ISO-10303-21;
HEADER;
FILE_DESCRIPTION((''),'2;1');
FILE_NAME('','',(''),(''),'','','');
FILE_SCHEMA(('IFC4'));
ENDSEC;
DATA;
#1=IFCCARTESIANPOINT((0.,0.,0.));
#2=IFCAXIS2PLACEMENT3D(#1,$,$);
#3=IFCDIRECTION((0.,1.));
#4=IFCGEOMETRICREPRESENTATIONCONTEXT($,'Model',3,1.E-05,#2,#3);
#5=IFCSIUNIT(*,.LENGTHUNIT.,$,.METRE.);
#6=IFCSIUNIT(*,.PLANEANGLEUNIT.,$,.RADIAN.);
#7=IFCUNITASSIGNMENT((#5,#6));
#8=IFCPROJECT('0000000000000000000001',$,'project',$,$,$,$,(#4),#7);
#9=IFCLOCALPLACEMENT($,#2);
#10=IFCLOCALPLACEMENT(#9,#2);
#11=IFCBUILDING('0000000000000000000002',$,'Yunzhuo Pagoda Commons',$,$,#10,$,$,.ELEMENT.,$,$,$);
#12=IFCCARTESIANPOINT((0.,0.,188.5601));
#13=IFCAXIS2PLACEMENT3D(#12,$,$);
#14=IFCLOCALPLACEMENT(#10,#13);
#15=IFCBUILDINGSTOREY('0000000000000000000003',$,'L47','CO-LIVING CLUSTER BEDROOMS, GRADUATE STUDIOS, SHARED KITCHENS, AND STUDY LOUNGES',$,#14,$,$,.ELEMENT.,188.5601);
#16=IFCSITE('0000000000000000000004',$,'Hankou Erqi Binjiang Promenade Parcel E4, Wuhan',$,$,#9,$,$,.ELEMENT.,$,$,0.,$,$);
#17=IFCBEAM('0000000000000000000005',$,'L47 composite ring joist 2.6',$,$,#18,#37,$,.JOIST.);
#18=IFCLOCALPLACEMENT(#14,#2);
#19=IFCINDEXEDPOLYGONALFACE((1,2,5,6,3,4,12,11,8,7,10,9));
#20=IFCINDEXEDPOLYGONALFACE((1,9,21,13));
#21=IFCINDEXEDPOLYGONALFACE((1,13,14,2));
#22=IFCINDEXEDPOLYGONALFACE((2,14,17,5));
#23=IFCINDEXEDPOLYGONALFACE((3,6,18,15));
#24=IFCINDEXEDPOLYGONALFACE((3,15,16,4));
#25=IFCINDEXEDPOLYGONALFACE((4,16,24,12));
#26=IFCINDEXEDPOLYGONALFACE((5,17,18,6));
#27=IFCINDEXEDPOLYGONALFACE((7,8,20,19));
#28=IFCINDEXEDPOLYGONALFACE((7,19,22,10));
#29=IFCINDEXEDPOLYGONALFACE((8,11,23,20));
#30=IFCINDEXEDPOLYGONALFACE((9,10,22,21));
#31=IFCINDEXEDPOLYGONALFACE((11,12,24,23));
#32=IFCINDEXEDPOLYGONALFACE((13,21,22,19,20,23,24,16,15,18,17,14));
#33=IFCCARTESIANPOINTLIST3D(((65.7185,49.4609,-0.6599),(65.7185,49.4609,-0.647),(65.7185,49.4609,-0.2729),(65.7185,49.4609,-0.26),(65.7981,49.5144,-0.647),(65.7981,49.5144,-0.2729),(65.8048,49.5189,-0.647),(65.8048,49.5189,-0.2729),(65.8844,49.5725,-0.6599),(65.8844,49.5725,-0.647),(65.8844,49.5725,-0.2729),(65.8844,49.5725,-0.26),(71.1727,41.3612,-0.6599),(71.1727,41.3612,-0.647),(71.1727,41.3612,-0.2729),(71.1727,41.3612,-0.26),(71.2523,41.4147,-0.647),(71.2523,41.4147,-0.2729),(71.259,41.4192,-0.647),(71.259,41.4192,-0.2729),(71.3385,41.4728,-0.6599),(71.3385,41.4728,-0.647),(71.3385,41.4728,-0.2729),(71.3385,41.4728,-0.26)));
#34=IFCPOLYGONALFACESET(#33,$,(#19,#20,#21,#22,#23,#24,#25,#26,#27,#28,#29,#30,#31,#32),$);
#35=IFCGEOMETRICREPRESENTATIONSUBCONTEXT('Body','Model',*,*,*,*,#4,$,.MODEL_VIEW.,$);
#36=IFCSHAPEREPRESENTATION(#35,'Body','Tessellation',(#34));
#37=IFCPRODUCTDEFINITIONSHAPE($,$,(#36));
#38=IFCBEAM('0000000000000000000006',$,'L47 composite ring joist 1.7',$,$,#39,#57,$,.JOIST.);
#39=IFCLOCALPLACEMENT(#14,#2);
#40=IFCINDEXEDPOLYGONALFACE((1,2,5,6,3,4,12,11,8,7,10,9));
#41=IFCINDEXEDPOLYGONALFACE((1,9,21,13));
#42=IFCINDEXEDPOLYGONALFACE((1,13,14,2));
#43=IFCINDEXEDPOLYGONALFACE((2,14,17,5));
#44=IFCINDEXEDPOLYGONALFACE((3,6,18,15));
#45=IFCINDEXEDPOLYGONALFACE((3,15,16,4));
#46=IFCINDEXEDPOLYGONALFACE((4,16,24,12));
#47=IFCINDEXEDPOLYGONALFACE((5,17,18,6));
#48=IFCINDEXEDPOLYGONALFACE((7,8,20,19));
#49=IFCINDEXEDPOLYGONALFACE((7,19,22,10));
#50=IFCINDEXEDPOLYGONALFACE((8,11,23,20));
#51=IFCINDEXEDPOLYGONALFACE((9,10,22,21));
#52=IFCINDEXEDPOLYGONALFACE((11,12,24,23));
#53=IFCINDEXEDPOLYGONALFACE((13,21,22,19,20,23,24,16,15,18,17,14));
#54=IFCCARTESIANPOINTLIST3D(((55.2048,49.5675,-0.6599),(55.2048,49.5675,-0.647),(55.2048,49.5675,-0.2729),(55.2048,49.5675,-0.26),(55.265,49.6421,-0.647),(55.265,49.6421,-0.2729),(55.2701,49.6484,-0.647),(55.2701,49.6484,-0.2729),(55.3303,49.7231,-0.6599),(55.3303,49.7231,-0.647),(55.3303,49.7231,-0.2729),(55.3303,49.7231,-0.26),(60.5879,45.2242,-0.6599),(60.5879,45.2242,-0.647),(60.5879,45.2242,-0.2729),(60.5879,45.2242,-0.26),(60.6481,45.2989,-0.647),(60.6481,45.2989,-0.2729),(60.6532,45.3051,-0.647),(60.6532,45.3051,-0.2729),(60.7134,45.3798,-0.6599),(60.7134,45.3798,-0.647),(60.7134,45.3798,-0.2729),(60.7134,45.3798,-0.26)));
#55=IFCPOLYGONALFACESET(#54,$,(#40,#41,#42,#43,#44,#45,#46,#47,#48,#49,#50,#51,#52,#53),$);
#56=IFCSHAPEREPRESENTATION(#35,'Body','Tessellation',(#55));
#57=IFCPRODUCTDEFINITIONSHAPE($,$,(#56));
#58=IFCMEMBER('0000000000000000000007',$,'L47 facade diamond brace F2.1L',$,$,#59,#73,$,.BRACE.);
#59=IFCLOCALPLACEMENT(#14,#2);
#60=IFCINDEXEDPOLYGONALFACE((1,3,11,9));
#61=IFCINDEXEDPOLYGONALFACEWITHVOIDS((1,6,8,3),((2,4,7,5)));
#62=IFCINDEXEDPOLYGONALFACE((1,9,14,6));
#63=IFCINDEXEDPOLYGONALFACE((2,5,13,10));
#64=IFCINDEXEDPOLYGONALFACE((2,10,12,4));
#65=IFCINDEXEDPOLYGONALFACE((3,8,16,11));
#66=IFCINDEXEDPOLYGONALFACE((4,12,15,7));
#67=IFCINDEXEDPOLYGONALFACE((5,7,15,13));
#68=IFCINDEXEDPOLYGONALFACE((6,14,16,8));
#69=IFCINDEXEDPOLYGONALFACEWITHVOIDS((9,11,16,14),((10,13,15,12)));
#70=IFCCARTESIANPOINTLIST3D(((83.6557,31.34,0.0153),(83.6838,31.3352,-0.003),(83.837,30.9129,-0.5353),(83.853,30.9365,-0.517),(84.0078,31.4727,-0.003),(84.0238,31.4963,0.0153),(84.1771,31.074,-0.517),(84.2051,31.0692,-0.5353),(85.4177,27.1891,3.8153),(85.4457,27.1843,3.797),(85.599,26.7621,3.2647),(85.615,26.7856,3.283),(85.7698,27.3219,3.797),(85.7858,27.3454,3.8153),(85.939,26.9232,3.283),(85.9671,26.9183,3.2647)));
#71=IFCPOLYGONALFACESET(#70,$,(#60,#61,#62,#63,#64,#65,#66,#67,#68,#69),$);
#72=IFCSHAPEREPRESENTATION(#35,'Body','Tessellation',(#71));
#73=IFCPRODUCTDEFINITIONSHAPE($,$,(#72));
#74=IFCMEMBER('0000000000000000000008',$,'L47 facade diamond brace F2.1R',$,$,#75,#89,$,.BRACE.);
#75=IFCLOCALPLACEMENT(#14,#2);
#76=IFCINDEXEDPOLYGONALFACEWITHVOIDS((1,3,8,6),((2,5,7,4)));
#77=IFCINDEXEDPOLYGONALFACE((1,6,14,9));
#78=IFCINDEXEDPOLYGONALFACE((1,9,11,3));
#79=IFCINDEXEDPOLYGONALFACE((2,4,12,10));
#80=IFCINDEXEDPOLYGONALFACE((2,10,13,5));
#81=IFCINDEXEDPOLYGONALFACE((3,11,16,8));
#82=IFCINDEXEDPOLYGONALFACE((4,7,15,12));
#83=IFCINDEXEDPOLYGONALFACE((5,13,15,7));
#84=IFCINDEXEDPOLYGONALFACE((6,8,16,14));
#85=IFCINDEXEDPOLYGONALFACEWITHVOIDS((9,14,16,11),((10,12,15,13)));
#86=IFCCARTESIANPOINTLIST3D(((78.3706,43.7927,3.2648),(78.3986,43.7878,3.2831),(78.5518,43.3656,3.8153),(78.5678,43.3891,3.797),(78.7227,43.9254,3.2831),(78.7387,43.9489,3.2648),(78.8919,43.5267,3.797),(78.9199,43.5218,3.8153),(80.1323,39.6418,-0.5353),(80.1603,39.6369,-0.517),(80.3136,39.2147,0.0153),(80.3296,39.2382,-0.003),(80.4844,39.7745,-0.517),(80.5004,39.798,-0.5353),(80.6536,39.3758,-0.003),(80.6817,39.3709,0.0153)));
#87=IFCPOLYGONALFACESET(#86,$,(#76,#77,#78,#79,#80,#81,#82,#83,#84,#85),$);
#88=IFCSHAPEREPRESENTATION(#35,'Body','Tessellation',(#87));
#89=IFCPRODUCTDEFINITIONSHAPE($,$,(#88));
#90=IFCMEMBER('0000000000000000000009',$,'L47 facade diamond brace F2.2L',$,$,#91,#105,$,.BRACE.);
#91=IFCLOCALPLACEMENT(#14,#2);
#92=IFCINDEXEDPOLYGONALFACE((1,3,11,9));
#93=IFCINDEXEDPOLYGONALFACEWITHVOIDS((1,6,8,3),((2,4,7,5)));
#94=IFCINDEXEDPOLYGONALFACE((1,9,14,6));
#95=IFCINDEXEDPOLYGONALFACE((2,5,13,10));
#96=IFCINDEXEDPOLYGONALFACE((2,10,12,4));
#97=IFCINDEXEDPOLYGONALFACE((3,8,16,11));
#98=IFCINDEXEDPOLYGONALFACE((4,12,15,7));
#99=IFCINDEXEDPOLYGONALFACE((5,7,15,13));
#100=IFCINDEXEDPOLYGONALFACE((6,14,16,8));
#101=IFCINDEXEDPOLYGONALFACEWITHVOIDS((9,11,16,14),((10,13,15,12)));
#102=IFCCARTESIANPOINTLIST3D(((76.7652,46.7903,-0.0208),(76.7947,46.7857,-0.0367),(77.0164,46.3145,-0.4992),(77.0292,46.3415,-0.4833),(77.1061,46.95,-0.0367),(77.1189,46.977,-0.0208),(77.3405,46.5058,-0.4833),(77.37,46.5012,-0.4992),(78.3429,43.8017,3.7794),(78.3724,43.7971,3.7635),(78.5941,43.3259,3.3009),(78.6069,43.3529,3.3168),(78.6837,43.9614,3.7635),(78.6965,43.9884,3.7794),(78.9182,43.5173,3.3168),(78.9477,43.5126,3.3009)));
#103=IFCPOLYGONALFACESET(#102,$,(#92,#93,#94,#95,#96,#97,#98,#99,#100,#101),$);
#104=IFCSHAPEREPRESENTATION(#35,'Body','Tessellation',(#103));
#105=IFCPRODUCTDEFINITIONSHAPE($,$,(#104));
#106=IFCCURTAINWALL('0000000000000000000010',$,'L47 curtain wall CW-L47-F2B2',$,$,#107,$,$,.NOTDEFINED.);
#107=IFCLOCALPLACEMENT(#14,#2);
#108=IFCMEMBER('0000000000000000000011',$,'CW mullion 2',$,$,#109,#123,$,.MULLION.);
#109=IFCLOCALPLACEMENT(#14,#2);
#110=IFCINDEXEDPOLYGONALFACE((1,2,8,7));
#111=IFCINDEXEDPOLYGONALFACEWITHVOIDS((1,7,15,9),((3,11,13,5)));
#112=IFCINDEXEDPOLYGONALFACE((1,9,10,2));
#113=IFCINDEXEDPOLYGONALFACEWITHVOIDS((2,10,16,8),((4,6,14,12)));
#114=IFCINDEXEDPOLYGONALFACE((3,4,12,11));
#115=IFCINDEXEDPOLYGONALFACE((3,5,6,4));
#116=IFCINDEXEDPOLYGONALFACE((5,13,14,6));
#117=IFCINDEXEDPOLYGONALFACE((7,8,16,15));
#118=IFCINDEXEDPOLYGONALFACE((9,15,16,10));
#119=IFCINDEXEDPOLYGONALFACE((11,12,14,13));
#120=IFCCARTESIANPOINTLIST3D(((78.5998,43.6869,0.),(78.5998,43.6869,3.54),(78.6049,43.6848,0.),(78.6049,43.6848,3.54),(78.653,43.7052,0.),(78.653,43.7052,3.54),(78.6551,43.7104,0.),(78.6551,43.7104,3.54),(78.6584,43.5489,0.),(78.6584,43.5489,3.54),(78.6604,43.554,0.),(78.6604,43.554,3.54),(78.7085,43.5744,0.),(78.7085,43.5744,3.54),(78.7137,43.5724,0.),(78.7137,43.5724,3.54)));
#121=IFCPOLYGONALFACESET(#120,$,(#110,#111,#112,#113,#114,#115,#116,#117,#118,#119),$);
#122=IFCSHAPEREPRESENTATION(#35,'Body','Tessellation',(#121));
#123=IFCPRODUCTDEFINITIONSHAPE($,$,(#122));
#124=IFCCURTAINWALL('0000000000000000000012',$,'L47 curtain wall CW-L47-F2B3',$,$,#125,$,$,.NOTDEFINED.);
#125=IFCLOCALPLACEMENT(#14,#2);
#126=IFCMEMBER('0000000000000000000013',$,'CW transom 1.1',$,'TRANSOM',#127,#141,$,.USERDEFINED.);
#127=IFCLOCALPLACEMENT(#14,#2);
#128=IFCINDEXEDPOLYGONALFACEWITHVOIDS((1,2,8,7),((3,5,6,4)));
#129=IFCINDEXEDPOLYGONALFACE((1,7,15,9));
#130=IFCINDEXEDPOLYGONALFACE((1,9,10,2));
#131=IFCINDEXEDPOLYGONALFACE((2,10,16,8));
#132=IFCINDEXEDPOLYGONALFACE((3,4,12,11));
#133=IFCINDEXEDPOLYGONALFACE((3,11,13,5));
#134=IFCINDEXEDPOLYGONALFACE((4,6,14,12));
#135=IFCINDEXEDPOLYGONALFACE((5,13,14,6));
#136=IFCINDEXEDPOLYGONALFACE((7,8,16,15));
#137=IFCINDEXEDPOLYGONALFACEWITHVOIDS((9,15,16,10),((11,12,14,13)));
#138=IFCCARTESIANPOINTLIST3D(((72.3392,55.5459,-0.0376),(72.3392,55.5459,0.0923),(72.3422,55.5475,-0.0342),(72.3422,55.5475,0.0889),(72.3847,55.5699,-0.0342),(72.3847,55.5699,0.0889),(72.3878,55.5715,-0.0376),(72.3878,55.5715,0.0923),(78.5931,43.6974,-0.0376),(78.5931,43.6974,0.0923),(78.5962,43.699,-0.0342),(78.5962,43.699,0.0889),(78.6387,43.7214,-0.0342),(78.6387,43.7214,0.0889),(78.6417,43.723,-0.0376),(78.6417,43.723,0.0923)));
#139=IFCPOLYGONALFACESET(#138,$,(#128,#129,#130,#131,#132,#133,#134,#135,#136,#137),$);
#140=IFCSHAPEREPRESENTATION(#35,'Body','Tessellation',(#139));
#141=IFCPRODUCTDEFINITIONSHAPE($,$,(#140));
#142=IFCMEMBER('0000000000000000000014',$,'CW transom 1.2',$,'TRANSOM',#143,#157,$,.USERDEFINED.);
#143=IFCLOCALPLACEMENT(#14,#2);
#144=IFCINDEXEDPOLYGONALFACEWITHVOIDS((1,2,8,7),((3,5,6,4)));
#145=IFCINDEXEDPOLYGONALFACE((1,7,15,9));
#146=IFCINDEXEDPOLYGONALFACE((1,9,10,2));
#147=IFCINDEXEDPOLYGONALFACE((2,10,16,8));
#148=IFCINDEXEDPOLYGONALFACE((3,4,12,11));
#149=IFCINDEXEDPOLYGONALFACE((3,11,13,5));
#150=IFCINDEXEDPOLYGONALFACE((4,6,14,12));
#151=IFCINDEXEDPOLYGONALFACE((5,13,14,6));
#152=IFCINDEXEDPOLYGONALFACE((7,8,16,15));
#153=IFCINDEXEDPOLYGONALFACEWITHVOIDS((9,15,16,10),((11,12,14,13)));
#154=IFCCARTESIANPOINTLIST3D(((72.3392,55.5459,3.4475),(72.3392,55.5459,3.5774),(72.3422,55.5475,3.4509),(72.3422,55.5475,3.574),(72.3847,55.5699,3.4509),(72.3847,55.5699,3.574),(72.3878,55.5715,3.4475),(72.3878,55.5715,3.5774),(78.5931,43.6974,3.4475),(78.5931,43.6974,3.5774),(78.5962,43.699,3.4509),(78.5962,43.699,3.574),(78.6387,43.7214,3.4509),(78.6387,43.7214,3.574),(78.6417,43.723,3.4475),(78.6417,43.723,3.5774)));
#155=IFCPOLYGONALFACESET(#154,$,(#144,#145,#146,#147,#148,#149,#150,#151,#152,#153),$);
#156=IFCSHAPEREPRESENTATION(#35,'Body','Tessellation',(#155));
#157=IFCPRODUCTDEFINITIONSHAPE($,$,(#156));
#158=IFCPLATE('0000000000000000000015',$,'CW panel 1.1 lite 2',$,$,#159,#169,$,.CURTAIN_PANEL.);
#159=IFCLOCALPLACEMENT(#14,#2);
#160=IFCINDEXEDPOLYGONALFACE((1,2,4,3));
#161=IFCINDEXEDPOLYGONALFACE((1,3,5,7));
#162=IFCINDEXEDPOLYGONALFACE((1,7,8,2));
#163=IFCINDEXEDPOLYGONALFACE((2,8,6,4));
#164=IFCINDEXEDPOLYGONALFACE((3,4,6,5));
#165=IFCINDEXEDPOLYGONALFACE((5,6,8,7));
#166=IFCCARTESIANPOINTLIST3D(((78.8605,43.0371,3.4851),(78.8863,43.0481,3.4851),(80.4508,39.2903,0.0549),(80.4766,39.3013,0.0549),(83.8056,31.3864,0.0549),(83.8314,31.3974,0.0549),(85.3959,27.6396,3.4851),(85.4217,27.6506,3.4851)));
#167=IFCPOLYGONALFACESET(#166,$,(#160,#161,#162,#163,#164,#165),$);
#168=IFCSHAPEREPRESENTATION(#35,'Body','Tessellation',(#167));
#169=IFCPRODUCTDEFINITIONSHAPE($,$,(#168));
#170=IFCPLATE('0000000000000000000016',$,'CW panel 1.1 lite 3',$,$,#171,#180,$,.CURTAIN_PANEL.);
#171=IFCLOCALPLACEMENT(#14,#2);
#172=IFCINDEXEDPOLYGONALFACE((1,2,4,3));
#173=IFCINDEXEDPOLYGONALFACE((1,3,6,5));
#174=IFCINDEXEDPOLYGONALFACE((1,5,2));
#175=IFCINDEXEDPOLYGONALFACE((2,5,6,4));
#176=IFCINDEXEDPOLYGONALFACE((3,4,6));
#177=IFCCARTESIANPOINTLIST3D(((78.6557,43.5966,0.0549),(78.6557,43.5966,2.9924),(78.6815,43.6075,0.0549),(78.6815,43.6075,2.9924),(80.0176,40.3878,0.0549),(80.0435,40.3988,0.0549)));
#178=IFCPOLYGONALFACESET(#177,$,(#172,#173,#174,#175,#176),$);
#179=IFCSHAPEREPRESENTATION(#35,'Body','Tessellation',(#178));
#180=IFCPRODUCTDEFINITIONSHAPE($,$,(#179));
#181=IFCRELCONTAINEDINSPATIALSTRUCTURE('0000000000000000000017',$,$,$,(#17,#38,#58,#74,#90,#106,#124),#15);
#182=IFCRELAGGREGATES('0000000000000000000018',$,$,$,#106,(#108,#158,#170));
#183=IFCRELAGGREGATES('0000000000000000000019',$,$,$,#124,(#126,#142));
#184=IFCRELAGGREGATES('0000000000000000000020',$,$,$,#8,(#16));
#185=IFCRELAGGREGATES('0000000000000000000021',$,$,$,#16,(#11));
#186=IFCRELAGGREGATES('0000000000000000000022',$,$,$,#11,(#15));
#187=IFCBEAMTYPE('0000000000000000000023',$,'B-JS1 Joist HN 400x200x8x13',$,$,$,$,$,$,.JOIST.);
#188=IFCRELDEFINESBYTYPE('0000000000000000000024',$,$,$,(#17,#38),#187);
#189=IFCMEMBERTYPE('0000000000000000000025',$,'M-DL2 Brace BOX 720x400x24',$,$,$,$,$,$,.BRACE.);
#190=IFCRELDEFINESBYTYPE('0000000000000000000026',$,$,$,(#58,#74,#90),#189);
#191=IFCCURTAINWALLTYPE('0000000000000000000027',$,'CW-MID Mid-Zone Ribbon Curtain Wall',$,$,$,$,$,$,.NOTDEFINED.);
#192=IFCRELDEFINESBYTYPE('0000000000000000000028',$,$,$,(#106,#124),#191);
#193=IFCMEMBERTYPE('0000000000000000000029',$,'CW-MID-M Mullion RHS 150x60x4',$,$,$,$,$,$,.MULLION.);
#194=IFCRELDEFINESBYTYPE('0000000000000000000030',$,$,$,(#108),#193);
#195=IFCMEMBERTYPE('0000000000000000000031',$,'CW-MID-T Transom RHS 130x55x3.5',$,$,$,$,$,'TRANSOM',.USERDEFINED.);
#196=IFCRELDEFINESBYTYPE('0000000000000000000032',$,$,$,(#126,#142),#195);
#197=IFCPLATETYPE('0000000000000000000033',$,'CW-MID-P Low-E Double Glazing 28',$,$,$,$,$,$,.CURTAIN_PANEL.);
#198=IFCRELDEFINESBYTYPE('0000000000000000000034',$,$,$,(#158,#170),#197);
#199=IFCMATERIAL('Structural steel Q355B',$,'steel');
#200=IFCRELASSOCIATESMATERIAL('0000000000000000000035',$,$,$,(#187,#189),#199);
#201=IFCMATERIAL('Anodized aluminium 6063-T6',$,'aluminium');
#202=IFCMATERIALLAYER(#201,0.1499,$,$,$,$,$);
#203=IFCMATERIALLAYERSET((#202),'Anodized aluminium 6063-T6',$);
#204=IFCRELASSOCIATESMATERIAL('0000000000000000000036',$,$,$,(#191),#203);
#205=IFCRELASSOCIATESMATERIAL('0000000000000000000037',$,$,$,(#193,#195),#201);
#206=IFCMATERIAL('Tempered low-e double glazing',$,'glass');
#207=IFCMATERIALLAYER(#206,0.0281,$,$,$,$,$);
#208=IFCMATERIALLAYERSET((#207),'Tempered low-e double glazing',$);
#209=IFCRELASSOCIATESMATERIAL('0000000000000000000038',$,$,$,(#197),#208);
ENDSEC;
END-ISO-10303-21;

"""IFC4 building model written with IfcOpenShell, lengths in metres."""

from ifc_helpers import new_model, si_unit, direction, frame, origin, origin_2d, place, context, subcontext, project, spatial, polyline, hollow_rectangle, i_section, outline, extrude, source, transform, mapped, material, layer, layer_set, material_profile, profile_set, type_object, element, aggregate, save


model = new_model("IFC4")

# Units and contexts
model_context = context("Model", 3, precision=1e-05, world=origin(), true_north=direction((0.0, 1.0)))
body_context = subcontext(model_context, "Body", "Model", "MODEL_VIEW")
ifc_project = project(units=[si_unit("LENGTHUNIT", "METRE"), si_unit("PLANEANGLEUNIT", "RADIAN")], contexts=[model_context])

# Site, building, storey
site_placement = place(None, origin())
site = spatial("IfcSite", under=ifc_project, at=site_placement, Name="Hankou Erqi Binjiang Promenade Parcel E4, Wuhan", CompositionType="ELEMENT", RefElevation=0.0)
building_placement = place(site_placement, origin())
building = spatial("IfcBuilding", under=site, at=building_placement, Name="Yunzhuo Pagoda Commons", CompositionType="ELEMENT")
storey_placement = place(building_placement, frame((0.0, 0.0, 188.5601)))
storey = spatial("IfcBuildingStorey", under=building, at=storey_placement, Name="L47", Description="CO-LIVING CLUSTER BEDROOMS, GRADUATE STUDIOS, SHARED KITCHENS, AND STUDY LOUNGES", CompositionType="ELEMENT", Elevation=188.5601)

# Beams
ifc_material_1 = material(Name="Structural steel Q355B", Category="steel")
ifc_material_profile_1 = material_profile(ifc_material_1, i_section(OverallWidth=0.2, OverallDepth=0.3999, WebThickness=0.0081, FlangeThickness=0.0129, at=origin_2d()), Name="Structural steel Q355B")
ifc_profile_set_1 = profile_set([ifc_material_profile_1], Name="Structural steel Q355B")
beam_type_1 = type_object("IfcBeamType", Name="B-JS1 Joist HN 400x200x8x13", PredefinedType="JOIST", material=ifc_profile_set_1)
shared_shape_1 = source(origin(), body_context, "Body", "SweptSolid", [
    extrude(i_section(OverallWidth=0.2, OverallDepth=0.3999, WebThickness=0.0081, FlangeThickness=0.0129, at=origin_2d()), origin(), (0.0, 0.0, 1.0), 9.7649),
])
beam_1_placement = place(storey_placement, frame((71.2556, 41.417, -0.46), z_axis=(-0.558548, 0.829472, 0.0), x_axis=(-0.829472, -0.558548, 0.0)))
element("IfcBeam", 1, at=beam_1_placement, inside=storey, type_object=beam_type_1, Name="L47 composite ring joist 2.6", PredefinedType="JOIST", context=body_context, shape_type="MappedRepresentation", body=[
    mapped(shared_shape_1, transform((0.0, 0.0, 0.0), scale=1.0)),
])
shared_shape_2 = source(origin(), body_context, "Body", "SweptSolid", [
    extrude(i_section(OverallWidth=0.2, OverallDepth=0.3999, WebThickness=0.0081, FlangeThickness=0.0129, at=origin_2d()), origin(), (0.0, 0.0, 1.0), 6.9167),
])
beam_2_placement = place(storey_placement, frame((60.6506, 45.302, -0.46), z_axis=(-0.778266, 0.627935, 0.0), x_axis=(-0.627935, -0.778266, 0.0)))
element("IfcBeam", 2, at=beam_2_placement, inside=storey, type_object=beam_type_1, Name="L47 composite ring joist 1.7", PredefinedType="JOIST", context=body_context, shape_type="MappedRepresentation", body=[
    mapped(shared_shape_2, transform((0.0, 0.0, 0.0), scale=1.0)),
])

# Members
ifc_material_profile_2 = material_profile(ifc_material_1, hollow_rectangle(XDim=0.3999, YDim=0.72, WallThickness=0.0239, at=origin_2d()), Name="Structural steel Q355B")
ifc_profile_set_2 = profile_set([ifc_material_profile_2], Name="Structural steel Q355B")
member_type_1 = type_object("IfcMemberType", Name="M-DL2 Brace BOX 720x400x24", PredefinedType="BRACE", material=ifc_profile_set_2)
shared_shape_3 = source(origin(), body_context, "Body", "SweptSolid", [
    extrude(hollow_rectangle(XDim=0.3999, YDim=0.72, WallThickness=0.0239, at=origin_2d()), origin(), (0.0, 0.0, 1.0), 5.897),
])
for number, where, z_axis, x_axis, name in (
    (3, (83.9304, 31.2046, -0.26), (0.298789, -0.703896, 0.644403), (0.920503, 0.390735, 0.0), "L47 facade diamond brace F2.1L"),
    (4, (80.407, 39.5063, -0.26), (-0.298752, 0.703905, 0.644411), (-0.920523, -0.390689, 0.0), "L47 facade diamond brace F2.1R"),
):
    element("IfcMember", number, at=place(storey_placement, frame(where, z_axis=z_axis, x_axis=x_axis)), inside=storey, type_object=member_type_1, Name=name, PredefinedType="BRACE", context=body_context, shape_type="MappedRepresentation", body=[
        mapped(shared_shape_3, transform((0.0, 0.0, 0.0), scale=1.0)),
    ])
shared_shape_4 = source(origin(), body_context, "Body", "SweptSolid", [
    extrude(hollow_rectangle(XDim=0.3999, YDim=0.72, WallThickness=0.0239, at=origin_2d()), origin(), (0.0, 0.0, 1.0), 5.0854),
])
member_1_placement = place(storey_placement, frame((77.0676, 46.6458, -0.26), z_axis=(0.310233, -0.587676, 0.747257), x_axis=(0.884341, 0.466842, 0.0)))
element("IfcMember", 5, at=member_1_placement, inside=storey, type_object=member_type_1, Name="L47 facade diamond brace F2.2L", PredefinedType="BRACE", context=body_context, shape_type="MappedRepresentation", body=[
    mapped(shared_shape_4, transform((0.0, 0.0, 0.0), scale=1.0)),
])

# Curtain wall, member
ifc_material_2 = material(Name="Anodized aluminium 6063-T6", Category="aluminium")
ifc_layer_1 = layer(ifc_material_2, 0.1499)
ifc_layer_set_1 = layer_set([ifc_layer_1], Name="Anodized aluminium 6063-T6")
curtain_wall_type = type_object("IfcCurtainWallType", Name="CW-MID Mid-Zone Ribbon Curtain Wall", PredefinedType="NOTDEFINED", material=ifc_layer_set_1)
curtain_wall_1_placement = place(storey_placement, origin())
curtain_wall_1 = element("IfcCurtainWall", 6, at=curtain_wall_1_placement, inside=storey, type_object=curtain_wall_type, Name="L47 curtain wall CW-L47-F2B2", PredefinedType="NOTDEFINED")
ifc_material_profile_3 = material_profile(ifc_material_2, hollow_rectangle(XDim=0.0601, YDim=0.1499, WallThickness=0.0039, at=origin_2d()), Name="Anodized aluminium 6063-T6")
ifc_profile_set_3 = profile_set([ifc_material_profile_3], Name="Anodized aluminium 6063-T6")
member_type_2 = type_object("IfcMemberType", Name="CW-MID-M Mullion RHS 150x60x4", PredefinedType="MULLION", material=ifc_profile_set_3)
shared_shape_5 = source(origin(), body_context, "Body", "SweptSolid", [
    extrude(hollow_rectangle(XDim=0.0601, YDim=0.1499, WallThickness=0.0039, at=origin_2d()), origin(), (0.0, 0.0, 1.0), 3.54),
])
member_2_placement = place(storey_placement, frame((78.6567, 43.6296, 0.0), z_axis=(0.0, 0.0, 1.0), x_axis=(-0.920515, -0.390706, 0.0)))
member_2 = element("IfcMember", 7, at=member_2_placement, type_object=member_type_2, Name="CW mullion 2", PredefinedType="MULLION", context=body_context, shape_type="MappedRepresentation", body=[
    mapped(shared_shape_5, transform((0.0, 0.0, 0.0), scale=1.0)),
])

# Curtain wall, members
curtain_wall_2_placement = place(storey_placement, origin())
curtain_wall_2 = element("IfcCurtainWall", 8, at=curtain_wall_2_placement, inside=storey, type_object=curtain_wall_type, Name="L47 curtain wall CW-L47-F2B3", PredefinedType="NOTDEFINED")
ifc_material_profile_4 = material_profile(ifc_material_2, hollow_rectangle(XDim=0.0549, YDim=0.1299, WallThickness=0.0034, at=origin_2d()), Name="Anodized aluminium 6063-T6")
ifc_profile_set_4 = profile_set([ifc_material_profile_4], Name="Anodized aluminium 6063-T6")
member_type_3 = type_object("IfcMemberType", Name="CW-MID-T Transom RHS 130x55x3.5", ElementType="TRANSOM", PredefinedType="USERDEFINED", material=ifc_profile_set_4)
shared_shape_6 = source(origin(), body_context, "Body", "SweptSolid", [
    extrude(hollow_rectangle(XDim=0.0549, YDim=0.1299, WallThickness=0.0034, at=origin_2d()), origin(), (0.0, 0.0, 1.0), 13.3977),
])
member_3_placement = place(storey_placement, frame((78.6174, 43.7102, 0.0273), z_axis=(-0.466793, 0.884367, 0.0), x_axis=(-0.884367, -0.466793, 0.0)))
member_3 = element("IfcMember", 9, at=member_3_placement, type_object=member_type_3, Name="CW transom 1.1", ObjectType="TRANSOM", PredefinedType="USERDEFINED", context=body_context, shape_type="MappedRepresentation", body=[
    mapped(shared_shape_6, transform((0.0, 0.0, 0.0), scale=1.0)),
])
member_4_placement = place(storey_placement, frame((78.6174, 43.7102, 3.5125), z_axis=(-0.466793, 0.884367, 0.0), x_axis=(-0.884367, -0.466793, 0.0)))
member_4 = element("IfcMember", 10, at=member_4_placement, type_object=member_type_3, Name="CW transom 1.2", ObjectType="TRANSOM", PredefinedType="USERDEFINED", context=body_context, shape_type="MappedRepresentation", body=[
    mapped(shared_shape_6, transform((0.0, 0.0, 0.0), scale=1.0)),
])

# Plates
ifc_material_3 = material(Name="Tempered low-e double glazing", Category="glass")
ifc_layer_2 = layer(ifc_material_3, 0.0281)
ifc_layer_set_2 = layer_set([ifc_layer_2], Name="Tempered low-e double glazing")
plate_type_1 = type_object("IfcPlateType", Name="CW-MID-P Low-E Double Glazing 28", PredefinedType="CURTAIN_PANEL", material=ifc_layer_set_2)
plate_1_placement = place(storey_placement, frame((82.1282, 35.3384, 1.77), z_axis=(0.920515, 0.390706, 0.0), x_axis=(-0.390706, 0.920515, 0.0)))
plate_1 = element("IfcPlate", 11, at=plate_1_placement, type_object=plate_type_1, Name="CW panel 1.1 lite 2", PredefinedType="CURTAIN_PANEL", context=body_context, shape_type="SweptSolid", body=[
    extrude(outline(polyline([(-8.3635, 1.7151), (-4.2932, -1.7151), (4.2932, -1.7151), (8.3635, 1.7151), (-8.3635, 1.7151)])), origin(), (0.0, 0.0, 1.0), 0.0281),
])
plate_2_placement = place(storey_placement, frame((79.3367, 41.9922, 1.5237), z_axis=(0.920515, 0.390706, 0.0), x_axis=(-0.390706, 0.920515, 0.0)))
plate_2 = element("IfcPlate", 12, at=plate_2_placement, type_object=plate_type_1, Name="CW panel 1.1 lite 3", PredefinedType="CURTAIN_PANEL", context=body_context, shape_type="SweptSolid", body=[
    extrude(outline(polyline([(-1.7429, -1.4688), (1.7429, -1.4688), (1.7429, 1.4688), (-1.7429, -1.4688)])), origin(), (0.0, 0.0, 1.0), 0.0281),
])
aggregate(curtain_wall_1, [member_2, plate_1, plate_2])
aggregate(curtain_wall_2, [member_3, member_4])

save(model, "model.ifc")
